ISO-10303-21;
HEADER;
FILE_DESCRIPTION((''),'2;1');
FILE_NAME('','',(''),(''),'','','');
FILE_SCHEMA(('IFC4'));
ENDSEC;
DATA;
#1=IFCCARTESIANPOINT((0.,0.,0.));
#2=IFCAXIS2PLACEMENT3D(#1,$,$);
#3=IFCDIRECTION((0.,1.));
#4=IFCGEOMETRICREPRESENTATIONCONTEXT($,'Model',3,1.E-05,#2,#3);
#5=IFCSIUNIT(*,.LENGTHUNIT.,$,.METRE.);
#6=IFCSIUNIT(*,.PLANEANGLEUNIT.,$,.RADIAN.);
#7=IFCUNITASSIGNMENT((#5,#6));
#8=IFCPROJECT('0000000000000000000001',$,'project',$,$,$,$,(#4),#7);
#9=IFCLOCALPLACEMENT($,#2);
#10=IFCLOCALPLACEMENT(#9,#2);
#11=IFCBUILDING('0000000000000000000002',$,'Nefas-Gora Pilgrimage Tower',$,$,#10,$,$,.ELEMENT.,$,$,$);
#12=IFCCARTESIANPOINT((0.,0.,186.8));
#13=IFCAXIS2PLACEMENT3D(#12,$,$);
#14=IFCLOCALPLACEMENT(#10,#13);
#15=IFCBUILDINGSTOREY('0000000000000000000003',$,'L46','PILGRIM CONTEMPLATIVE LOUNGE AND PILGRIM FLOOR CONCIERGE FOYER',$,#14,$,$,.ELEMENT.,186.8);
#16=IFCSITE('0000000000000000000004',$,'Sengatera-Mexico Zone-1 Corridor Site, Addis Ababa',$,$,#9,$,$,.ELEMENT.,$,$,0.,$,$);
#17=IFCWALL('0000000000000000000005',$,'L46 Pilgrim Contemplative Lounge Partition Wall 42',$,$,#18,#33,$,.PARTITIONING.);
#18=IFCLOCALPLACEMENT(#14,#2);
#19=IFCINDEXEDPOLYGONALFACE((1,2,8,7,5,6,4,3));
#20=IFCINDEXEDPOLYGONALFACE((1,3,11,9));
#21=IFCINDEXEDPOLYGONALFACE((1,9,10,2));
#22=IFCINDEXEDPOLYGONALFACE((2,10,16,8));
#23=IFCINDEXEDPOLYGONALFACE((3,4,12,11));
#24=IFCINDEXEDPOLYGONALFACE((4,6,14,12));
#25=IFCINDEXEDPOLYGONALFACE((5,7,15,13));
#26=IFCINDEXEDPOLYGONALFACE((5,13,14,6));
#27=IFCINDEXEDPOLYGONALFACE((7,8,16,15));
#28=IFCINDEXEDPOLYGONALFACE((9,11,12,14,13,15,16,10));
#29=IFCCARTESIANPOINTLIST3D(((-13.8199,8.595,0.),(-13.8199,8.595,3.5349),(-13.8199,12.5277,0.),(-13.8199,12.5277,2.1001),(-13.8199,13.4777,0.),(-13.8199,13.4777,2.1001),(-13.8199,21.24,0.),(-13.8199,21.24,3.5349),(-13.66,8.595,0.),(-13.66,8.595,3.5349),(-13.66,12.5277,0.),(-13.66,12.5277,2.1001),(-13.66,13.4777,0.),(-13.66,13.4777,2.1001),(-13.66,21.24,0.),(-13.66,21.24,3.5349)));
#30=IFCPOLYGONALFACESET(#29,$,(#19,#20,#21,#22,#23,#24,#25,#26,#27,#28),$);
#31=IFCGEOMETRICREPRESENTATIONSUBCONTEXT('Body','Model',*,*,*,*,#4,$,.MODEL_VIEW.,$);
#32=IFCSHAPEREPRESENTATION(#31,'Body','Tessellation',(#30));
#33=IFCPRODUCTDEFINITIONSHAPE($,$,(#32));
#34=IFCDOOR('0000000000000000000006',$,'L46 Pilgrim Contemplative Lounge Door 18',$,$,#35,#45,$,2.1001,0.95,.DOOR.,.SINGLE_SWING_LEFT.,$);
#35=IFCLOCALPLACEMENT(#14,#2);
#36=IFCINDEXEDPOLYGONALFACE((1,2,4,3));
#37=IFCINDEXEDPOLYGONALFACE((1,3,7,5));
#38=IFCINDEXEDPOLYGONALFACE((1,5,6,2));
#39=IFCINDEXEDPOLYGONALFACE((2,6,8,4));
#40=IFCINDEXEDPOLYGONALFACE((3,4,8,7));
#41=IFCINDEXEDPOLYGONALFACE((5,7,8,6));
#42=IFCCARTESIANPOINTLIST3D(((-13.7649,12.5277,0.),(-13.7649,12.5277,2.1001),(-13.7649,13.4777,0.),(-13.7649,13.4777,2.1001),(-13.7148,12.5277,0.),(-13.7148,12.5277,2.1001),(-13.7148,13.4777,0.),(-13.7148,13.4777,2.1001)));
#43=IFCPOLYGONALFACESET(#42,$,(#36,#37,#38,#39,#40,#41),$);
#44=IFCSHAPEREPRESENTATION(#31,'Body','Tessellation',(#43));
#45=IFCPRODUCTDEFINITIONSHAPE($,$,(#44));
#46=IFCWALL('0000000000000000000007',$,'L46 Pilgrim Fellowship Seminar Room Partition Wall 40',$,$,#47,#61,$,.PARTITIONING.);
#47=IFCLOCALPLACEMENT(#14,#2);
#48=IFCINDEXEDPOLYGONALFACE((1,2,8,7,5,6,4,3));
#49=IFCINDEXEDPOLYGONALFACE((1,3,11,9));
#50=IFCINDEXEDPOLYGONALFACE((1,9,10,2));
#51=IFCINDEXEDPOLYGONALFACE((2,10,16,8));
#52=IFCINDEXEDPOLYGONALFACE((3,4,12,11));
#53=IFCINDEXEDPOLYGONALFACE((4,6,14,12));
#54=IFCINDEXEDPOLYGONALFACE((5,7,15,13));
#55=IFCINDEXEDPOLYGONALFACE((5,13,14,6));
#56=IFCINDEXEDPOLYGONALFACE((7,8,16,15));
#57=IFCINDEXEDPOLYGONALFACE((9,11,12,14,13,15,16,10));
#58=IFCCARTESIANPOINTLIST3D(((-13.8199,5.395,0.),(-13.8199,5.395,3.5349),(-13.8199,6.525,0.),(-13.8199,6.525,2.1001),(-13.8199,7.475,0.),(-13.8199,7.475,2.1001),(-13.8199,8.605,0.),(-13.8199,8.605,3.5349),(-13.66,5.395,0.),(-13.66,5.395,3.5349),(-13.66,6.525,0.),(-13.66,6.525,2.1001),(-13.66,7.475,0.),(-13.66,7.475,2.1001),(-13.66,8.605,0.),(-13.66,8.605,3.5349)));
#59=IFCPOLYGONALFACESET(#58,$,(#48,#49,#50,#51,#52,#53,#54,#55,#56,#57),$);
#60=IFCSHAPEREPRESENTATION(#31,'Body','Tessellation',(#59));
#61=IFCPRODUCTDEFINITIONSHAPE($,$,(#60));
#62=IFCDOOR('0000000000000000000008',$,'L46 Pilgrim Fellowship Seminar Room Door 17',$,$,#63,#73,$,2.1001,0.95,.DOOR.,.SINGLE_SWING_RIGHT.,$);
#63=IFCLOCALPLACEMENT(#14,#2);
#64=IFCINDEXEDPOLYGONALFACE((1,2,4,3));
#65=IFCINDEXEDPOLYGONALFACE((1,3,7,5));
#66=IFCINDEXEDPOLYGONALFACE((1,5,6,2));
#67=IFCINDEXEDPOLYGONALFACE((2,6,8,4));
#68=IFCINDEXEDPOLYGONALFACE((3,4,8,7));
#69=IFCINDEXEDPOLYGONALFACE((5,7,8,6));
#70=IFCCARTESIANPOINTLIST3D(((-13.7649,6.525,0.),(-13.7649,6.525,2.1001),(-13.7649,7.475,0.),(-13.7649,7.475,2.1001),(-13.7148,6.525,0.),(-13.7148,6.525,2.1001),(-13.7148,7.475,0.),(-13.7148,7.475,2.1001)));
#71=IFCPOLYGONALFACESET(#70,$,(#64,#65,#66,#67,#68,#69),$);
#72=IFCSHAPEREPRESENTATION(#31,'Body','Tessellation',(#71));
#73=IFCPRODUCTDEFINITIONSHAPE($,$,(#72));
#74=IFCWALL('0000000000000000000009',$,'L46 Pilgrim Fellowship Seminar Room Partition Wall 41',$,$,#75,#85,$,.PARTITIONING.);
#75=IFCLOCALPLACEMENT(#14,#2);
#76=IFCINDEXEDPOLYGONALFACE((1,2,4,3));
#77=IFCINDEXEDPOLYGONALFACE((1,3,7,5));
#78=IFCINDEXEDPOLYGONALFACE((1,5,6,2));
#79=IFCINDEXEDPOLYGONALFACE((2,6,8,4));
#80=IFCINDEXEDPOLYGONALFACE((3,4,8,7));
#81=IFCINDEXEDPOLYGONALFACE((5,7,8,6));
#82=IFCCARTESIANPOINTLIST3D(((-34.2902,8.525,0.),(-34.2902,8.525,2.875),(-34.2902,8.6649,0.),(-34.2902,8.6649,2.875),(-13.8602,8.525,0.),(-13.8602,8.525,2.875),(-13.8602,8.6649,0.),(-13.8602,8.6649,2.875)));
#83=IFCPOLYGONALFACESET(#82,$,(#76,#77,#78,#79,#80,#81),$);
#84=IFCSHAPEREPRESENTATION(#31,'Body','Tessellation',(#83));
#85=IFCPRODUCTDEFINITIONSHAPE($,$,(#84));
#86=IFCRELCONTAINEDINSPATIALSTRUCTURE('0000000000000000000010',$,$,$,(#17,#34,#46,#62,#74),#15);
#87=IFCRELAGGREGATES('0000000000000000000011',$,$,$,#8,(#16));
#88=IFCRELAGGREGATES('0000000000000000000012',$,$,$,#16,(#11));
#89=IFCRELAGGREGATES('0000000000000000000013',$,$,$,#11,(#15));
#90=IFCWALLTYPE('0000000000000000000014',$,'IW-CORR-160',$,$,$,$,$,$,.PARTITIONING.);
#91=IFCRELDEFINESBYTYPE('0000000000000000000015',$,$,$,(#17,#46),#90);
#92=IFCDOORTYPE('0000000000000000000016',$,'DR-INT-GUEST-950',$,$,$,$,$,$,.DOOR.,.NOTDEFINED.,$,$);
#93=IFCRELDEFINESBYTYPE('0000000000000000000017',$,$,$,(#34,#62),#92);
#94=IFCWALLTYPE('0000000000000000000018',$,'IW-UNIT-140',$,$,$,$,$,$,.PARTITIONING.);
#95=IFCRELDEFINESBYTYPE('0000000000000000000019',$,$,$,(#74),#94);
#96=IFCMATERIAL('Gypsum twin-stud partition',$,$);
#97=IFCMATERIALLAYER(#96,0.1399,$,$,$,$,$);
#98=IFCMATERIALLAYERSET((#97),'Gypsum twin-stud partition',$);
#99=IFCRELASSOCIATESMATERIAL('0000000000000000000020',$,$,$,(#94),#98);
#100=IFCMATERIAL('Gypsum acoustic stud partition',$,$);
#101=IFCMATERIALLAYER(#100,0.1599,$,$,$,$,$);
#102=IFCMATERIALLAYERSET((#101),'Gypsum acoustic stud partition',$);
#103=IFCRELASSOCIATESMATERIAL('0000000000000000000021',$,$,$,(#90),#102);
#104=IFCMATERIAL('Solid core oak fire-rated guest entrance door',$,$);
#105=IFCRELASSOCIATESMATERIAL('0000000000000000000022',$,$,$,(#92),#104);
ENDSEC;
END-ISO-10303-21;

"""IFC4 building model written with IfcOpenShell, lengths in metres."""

from ifc_helpers import new_model, si_unit, direction, frame, frame_2d, origin, place, context, subcontext, project, spatial, rectangle, extrude, source, transform, mapped, material, layer, layer_set, type_object, element, fill, save


model = new_model("IFC4")

# Units and contexts
model_context = context("Model", 3, precision=1e-05, world=origin(), true_north=direction((0.0, 1.0)))
body_context = subcontext(model_context, "Body", "Model", "MODEL_VIEW")
ifc_project = project(units=[si_unit("LENGTHUNIT", "METRE"), si_unit("PLANEANGLEUNIT", "RADIAN")], contexts=[model_context])

# Site, building, storey
site_placement = place(None, origin())
site = spatial("IfcSite", under=ifc_project, at=site_placement, Name="Sengatera-Mexico Zone-1 Corridor Site, Addis Ababa", CompositionType="ELEMENT", RefElevation=0.0)
building_placement = place(site_placement, origin())
building = spatial("IfcBuilding", under=site, at=building_placement, Name="Nefas-Gora Pilgrimage Tower", CompositionType="ELEMENT")
storey_placement = place(building_placement, frame((0.0, 0.0, 186.8)))
storey = spatial("IfcBuildingStorey", under=building, at=storey_placement, Name="L46", Description="PILGRIM CONTEMPLATIVE LOUNGE AND PILGRIM FLOOR CONCIERGE FOYER", CompositionType="ELEMENT", Elevation=186.8)

# Shared definitions
ifc_material_1 = material(Name="Gypsum twin-stud partition")
ifc_layer_1 = layer(ifc_material_1, 0.1399)
ifc_layer_set_1 = layer_set([ifc_layer_1], Name="Gypsum twin-stud partition")
wall_type_1 = type_object("IfcWallType", Name="IW-UNIT-140", PredefinedType="PARTITIONING", material=ifc_layer_set_1)

# Walls, openings, doors
ifc_material_2 = material(Name="Gypsum acoustic stud partition")
ifc_layer_2 = layer(ifc_material_2, 0.1599)
ifc_layer_set_2 = layer_set([ifc_layer_2], Name="Gypsum acoustic stud partition")
wall_type_2 = type_object("IfcWallType", Name="IW-CORR-160", PredefinedType="PARTITIONING", material=ifc_layer_set_2)
shared_shape_1 = source(origin(), body_context, "Body", "SweptSolid", [
    extrude(rectangle(XDim=12.645, YDim=0.1599, at=frame_2d((6.3225, 0.0))), origin(), (0.0, 0.0, 1.0), 3.5349),
])
wall_1_placement = place(storey_placement, frame((-13.74, 8.595, 0.0), z_axis=(0.0, 0.0, 1.0), x_axis=(0.0, 1.0, 0.0)))
wall_1 = element("IfcWall", 1, at=wall_1_placement, inside=storey, type_object=wall_type_2, Name="L46 Pilgrim Contemplative Lounge Partition Wall 42", PredefinedType="PARTITIONING", context=body_context, shape_type="MappedRepresentation", body=[
    mapped(shared_shape_1, transform((0.0, 0.0, 0.0), x_axis=(1.0, 0.0, 0.0), y_axis=(0.0, 1.0, 0.0), z_axis=(0.0, 0.0, 1.0), scale=1.0)),
])
opening_1_placement = place(wall_1_placement, frame((3.9326, 0.0, 0.0)))
opening_1 = element("IfcOpeningElement", 2, at=opening_1_placement, cuts=wall_1, PredefinedType="OPENING", context=body_context, shape_type="SweptSolid", body=[
    extrude(rectangle(XDim=0.95, YDim=2.1001, at=frame_2d((0.4751, 1.05))), frame((0.0, 0.0898, 0.0), z_axis=(0.0, -1.0, 0.0), x_axis=(1.0, 0.0, 0.0)), (0.0, 0.0, 1.0), 0.1799),
])
ifc_material_3 = material(Name="Solid core oak fire-rated guest entrance door")
door_type = type_object("IfcDoorType", Name="DR-INT-GUEST-950", OperationType="NOTDEFINED", PredefinedType="DOOR", material=ifc_material_3)
shared_shape_2 = source(origin(), body_context, "Body", "SweptSolid", [
    extrude(rectangle(XDim=0.95, YDim=2.1001, at=frame_2d((0.4751, 1.05))), frame((0.0, 0.0249, 0.0), z_axis=(0.0, -1.0, 0.0), x_axis=(1.0, 0.0, 0.0)), (0.0, 0.0, 1.0), 0.05),
])
door_1_placement = place(opening_1_placement, origin())
door_1 = element("IfcDoor", 3, at=door_1_placement, inside=storey, type_object=door_type, Name="L46 Pilgrim Contemplative Lounge Door 18", OperationType="SINGLE_SWING_LEFT", OverallHeight=2.1001, OverallWidth=0.95, PredefinedType="DOOR", context=body_context, shape_type="MappedRepresentation", body=[
    mapped(shared_shape_2, transform((0.0, 0.0, 0.0), x_axis=(1.0, 0.0, 0.0), y_axis=(0.0, 1.0, 0.0), z_axis=(0.0, 0.0, 1.0), scale=1.0)),
])
fill(opening_1, door_1)
shared_shape_3 = source(origin(), body_context, "Body", "SweptSolid", [
    extrude(rectangle(XDim=3.21, YDim=0.1599, at=frame_2d((1.605, 0.0))), origin(), (0.0, 0.0, 1.0), 3.5349),
])
wall_2_placement = place(storey_placement, frame((-13.74, 5.395, 0.0), z_axis=(0.0, 0.0, 1.0), x_axis=(0.0, 1.0, 0.0)))
wall_2 = element("IfcWall", 4, at=wall_2_placement, inside=storey, type_object=wall_type_2, Name="L46 Pilgrim Fellowship Seminar Room Partition Wall 40", PredefinedType="PARTITIONING", context=body_context, shape_type="MappedRepresentation", body=[
    mapped(shared_shape_3, transform((0.0, 0.0, 0.0), x_axis=(1.0, 0.0, 0.0), y_axis=(0.0, 1.0, 0.0), z_axis=(0.0, 0.0, 1.0), scale=1.0)),
])
opening_2_placement = place(wall_2_placement, frame((1.1299, 0.0, 0.0)))
opening_2 = element("IfcOpeningElement", 5, at=opening_2_placement, cuts=wall_2, PredefinedType="OPENING", context=body_context, shape_type="SweptSolid", body=[
    extrude(rectangle(XDim=0.95, YDim=2.1001, at=frame_2d((0.4751, 1.05))), frame((0.0, 0.0898, 0.0), z_axis=(0.0, -1.0, 0.0), x_axis=(1.0, 0.0, 0.0)), (0.0, 0.0, 1.0), 0.1799),
])
door_2_placement = place(opening_2_placement, origin())
door_2 = element("IfcDoor", 6, at=door_2_placement, inside=storey, type_object=door_type, Name="L46 Pilgrim Fellowship Seminar Room Door 17", OperationType="SINGLE_SWING_RIGHT", OverallHeight=2.1001, OverallWidth=0.95, PredefinedType="DOOR", context=body_context, shape_type="MappedRepresentation", body=[
    mapped(shared_shape_2, transform((0.0, 0.0, 0.0), x_axis=(1.0, 0.0, 0.0), y_axis=(0.0, 1.0, 0.0), z_axis=(0.0, 0.0, 1.0), scale=1.0)),
])
fill(opening_2, door_2)

# Wall
shared_shape_4 = source(origin(), body_context, "Body", "SweptSolid", [
    extrude(rectangle(XDim=20.4299, YDim=0.1399, at=frame_2d((10.2148, 0.0))), origin(), (0.0, 0.0, 1.0), 2.875),
])
wall_3_placement = place(storey_placement, frame((-34.29, 8.595, 0.0), z_axis=(0.0, 0.0, 1.0), x_axis=(1.0, 0.0, 0.0)))
element("IfcWall", 7, at=wall_3_placement, inside=storey, type_object=wall_type_1, Name="L46 Pilgrim Fellowship Seminar Room Partition Wall 41", PredefinedType="PARTITIONING", context=body_context, shape_type="MappedRepresentation", body=[
    mapped(shared_shape_4, transform((0.0, 0.0, 0.0), x_axis=(1.0, 0.0, 0.0), y_axis=(0.0, 1.0, 0.0), z_axis=(0.0, 0.0, 1.0), scale=1.0)),
])

save(model, "model.ifc")
